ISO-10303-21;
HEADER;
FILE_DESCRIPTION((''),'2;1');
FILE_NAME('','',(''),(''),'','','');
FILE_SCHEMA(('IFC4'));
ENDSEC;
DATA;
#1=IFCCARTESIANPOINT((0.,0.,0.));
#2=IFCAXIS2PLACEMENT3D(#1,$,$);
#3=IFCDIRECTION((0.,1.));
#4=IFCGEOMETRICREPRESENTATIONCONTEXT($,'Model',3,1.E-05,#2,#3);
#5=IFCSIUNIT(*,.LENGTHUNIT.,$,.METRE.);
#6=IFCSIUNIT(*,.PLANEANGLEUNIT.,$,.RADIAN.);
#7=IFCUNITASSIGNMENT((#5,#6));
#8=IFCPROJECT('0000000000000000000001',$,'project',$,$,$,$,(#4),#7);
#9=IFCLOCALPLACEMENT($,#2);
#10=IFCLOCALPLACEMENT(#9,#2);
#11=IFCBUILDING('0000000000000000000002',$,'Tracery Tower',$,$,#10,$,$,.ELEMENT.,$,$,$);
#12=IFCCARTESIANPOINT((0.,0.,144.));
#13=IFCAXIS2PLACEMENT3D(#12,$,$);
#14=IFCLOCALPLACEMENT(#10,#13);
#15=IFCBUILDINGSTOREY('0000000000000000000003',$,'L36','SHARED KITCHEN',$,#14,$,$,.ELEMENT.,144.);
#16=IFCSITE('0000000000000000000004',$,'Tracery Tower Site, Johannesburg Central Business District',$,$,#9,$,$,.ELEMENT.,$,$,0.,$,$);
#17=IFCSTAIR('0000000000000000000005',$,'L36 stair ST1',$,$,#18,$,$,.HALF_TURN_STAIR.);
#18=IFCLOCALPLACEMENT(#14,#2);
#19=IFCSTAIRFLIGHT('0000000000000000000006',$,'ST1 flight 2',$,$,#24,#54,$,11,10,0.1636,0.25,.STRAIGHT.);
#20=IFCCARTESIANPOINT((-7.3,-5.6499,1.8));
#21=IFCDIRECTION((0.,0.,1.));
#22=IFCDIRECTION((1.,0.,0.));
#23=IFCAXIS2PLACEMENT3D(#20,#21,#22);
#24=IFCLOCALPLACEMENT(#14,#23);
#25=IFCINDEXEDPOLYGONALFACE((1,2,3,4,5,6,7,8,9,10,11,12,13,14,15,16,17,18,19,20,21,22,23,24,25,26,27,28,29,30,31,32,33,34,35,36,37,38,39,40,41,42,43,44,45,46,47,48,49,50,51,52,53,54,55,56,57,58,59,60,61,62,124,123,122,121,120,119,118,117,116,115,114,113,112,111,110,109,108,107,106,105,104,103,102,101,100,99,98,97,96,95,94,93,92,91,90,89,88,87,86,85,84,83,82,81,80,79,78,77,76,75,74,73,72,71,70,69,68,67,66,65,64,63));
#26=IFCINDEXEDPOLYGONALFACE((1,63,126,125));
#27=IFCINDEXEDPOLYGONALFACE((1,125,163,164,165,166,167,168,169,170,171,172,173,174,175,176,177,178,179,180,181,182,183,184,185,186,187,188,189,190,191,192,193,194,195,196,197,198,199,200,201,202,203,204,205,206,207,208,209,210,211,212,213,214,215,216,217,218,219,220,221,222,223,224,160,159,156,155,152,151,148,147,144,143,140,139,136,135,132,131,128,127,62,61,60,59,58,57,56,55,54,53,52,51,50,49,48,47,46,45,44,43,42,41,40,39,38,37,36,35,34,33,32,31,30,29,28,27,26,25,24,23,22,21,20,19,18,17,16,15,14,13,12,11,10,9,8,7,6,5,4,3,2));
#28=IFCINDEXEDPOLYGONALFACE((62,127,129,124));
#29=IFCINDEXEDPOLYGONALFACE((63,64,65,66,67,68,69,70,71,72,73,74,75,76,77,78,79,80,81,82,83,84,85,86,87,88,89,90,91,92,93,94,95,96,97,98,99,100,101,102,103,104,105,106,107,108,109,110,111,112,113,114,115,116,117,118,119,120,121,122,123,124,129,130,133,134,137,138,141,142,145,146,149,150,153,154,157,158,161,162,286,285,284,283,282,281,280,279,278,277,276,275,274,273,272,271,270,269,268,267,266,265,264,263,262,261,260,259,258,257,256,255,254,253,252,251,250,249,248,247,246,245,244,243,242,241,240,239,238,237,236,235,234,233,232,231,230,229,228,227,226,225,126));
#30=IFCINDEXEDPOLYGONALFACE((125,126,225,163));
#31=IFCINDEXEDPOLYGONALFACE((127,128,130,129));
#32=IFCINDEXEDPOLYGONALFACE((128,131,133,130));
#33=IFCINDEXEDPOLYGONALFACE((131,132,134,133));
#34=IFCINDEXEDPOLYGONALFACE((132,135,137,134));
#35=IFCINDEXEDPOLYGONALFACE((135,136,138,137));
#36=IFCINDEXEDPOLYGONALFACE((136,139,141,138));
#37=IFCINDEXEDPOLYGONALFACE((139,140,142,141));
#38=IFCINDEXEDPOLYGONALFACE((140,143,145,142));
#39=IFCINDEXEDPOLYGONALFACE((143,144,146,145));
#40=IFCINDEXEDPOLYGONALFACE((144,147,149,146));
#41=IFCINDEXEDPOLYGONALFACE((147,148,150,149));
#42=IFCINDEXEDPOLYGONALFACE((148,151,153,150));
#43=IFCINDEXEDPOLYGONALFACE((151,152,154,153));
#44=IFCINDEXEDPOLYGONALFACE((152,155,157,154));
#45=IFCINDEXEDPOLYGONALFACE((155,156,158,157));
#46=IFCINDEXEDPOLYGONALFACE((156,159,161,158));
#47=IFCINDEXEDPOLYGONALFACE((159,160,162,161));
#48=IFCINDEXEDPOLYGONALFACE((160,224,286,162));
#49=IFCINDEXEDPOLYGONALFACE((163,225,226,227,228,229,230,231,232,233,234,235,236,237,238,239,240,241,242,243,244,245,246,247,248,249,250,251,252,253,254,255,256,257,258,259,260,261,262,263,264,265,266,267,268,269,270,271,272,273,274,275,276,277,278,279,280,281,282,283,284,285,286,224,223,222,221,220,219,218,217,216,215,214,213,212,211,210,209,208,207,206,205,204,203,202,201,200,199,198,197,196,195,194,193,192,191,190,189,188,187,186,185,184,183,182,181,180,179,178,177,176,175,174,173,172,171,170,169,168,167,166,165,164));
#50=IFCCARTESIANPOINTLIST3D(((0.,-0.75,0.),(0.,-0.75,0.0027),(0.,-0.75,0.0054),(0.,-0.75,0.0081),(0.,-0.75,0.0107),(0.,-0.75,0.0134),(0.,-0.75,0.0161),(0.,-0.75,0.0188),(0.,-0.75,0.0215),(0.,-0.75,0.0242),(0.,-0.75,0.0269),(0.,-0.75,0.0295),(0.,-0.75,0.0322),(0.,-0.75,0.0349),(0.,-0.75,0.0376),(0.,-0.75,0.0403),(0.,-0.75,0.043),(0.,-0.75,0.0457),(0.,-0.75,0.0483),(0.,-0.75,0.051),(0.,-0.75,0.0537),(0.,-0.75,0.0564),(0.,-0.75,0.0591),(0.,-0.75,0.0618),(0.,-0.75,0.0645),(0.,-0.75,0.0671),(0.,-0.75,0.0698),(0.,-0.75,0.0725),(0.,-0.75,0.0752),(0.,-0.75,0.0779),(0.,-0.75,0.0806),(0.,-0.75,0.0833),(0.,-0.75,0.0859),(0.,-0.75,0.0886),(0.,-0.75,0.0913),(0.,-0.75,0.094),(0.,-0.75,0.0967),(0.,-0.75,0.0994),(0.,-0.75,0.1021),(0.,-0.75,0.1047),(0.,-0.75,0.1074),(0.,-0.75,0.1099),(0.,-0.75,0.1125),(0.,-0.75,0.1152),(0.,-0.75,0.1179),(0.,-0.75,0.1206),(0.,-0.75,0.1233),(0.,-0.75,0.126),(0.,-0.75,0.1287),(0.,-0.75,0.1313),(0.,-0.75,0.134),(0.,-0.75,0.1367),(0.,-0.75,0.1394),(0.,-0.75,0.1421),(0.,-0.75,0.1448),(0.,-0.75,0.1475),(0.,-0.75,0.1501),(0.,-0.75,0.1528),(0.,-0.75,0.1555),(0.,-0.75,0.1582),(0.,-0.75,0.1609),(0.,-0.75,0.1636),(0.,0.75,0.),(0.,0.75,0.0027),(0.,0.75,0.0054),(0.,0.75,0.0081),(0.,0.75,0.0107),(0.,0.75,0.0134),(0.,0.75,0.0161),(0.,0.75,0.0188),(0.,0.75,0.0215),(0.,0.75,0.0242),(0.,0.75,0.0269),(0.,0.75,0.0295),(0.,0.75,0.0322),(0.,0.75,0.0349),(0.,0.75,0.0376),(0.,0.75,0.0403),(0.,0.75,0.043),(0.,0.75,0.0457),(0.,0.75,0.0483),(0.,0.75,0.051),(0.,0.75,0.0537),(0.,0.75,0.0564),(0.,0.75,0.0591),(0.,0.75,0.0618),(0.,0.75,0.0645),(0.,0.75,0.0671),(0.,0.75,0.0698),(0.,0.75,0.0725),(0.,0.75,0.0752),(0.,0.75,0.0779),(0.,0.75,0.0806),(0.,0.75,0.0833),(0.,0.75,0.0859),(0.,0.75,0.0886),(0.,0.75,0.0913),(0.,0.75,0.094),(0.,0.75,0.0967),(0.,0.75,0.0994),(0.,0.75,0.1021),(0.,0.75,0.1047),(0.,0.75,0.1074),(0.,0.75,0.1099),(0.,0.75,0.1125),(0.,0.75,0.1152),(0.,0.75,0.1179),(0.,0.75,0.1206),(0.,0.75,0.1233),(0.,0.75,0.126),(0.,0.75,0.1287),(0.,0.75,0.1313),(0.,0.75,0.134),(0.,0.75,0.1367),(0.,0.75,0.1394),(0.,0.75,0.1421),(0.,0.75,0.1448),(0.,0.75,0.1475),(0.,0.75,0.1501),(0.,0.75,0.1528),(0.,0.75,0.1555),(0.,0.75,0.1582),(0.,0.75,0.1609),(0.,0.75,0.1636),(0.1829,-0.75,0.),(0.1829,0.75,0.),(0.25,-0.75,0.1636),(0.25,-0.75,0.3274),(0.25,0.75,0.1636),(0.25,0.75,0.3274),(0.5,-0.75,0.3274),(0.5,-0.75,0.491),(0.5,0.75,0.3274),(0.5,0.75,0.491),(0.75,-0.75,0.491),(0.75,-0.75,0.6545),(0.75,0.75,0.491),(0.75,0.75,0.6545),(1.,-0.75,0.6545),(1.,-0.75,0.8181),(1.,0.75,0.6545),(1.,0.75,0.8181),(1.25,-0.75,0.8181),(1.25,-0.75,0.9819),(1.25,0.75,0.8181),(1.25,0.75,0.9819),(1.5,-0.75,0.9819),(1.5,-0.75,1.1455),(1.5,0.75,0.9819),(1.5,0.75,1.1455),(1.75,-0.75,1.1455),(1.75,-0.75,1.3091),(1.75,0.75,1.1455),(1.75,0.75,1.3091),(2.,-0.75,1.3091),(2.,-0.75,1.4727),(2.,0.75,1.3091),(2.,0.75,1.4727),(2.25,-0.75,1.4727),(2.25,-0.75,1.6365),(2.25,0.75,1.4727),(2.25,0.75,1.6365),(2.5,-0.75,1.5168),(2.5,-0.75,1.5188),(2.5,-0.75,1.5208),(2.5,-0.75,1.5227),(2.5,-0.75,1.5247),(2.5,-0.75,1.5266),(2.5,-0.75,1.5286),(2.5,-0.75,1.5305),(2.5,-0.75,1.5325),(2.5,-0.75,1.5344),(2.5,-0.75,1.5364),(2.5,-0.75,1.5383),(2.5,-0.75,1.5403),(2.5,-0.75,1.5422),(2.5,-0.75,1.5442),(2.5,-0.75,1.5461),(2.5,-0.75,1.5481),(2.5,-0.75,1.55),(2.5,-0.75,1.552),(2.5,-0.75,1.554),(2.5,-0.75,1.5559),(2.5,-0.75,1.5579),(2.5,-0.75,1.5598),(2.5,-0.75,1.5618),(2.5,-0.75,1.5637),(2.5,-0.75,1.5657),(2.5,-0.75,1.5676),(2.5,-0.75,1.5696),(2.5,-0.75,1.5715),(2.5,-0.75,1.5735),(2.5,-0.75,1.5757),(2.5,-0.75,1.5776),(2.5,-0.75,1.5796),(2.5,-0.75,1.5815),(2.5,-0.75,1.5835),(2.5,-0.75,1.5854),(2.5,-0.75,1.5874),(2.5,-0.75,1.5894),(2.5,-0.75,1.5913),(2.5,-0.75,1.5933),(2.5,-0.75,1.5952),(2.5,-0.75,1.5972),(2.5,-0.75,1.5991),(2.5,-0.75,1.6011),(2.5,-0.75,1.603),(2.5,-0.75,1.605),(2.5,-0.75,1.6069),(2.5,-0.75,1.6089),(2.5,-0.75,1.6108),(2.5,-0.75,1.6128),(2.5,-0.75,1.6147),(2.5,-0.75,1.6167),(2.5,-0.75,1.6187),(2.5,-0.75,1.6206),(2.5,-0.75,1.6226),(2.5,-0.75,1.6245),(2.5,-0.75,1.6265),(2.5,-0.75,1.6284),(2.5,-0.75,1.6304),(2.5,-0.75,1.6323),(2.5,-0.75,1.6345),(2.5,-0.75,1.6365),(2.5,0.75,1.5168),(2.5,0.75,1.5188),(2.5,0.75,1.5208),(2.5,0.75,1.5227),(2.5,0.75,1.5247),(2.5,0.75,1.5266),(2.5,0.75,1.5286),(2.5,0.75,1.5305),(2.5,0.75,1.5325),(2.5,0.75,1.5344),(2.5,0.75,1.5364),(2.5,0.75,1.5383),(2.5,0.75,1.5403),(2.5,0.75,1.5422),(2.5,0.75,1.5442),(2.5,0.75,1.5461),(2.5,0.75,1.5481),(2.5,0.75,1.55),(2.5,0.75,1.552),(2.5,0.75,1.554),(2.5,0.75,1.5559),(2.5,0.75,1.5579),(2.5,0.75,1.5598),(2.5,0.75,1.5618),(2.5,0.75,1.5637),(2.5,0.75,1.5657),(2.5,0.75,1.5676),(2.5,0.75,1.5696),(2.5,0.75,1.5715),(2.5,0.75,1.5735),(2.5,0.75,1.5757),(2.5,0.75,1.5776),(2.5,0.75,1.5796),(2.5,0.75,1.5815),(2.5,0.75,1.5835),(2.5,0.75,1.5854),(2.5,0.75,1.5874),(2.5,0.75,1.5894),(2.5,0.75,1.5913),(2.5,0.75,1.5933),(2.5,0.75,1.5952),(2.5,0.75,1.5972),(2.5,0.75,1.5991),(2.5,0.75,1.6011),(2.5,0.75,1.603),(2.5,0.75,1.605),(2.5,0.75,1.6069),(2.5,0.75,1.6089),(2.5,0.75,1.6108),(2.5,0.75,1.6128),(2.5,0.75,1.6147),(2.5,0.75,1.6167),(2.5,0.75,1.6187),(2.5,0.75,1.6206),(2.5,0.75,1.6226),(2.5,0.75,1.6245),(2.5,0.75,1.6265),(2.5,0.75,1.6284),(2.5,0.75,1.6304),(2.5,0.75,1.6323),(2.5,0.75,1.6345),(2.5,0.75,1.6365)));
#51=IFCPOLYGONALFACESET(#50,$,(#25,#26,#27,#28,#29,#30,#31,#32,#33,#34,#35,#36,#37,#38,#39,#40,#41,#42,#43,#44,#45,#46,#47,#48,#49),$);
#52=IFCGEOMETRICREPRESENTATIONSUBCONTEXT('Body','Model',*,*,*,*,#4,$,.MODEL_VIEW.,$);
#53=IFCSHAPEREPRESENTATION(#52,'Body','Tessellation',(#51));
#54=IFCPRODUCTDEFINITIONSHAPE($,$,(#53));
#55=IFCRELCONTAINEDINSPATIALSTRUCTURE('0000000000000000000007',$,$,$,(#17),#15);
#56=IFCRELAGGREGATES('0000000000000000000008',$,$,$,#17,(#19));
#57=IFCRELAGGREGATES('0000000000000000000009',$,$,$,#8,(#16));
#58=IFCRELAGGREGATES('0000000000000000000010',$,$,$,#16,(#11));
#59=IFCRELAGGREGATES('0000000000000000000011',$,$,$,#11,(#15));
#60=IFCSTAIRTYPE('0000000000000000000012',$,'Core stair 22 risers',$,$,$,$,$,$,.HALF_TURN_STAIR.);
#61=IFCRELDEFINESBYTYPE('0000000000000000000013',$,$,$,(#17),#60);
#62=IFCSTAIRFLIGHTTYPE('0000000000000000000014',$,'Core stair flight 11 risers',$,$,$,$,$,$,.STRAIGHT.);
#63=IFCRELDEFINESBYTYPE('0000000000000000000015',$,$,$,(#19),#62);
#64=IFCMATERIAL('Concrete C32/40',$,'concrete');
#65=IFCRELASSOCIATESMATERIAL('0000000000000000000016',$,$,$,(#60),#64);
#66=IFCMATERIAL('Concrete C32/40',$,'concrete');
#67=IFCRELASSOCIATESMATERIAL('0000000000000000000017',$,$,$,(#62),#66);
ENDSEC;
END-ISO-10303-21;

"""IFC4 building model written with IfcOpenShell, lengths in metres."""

from ifc_helpers import new_model, si_unit, direction, frame, origin, place, context, subcontext, project, spatial, polyline, outline, extrude, material, type_object, element, aggregate, save


model = new_model("IFC4")

# Units and contexts
model_context = context("Model", 3, precision=1e-05, world=origin(), true_north=direction((0.0, 1.0)))
body_context = subcontext(model_context, "Body", "Model", "MODEL_VIEW")
ifc_project = project(units=[si_unit("LENGTHUNIT", "METRE"), si_unit("PLANEANGLEUNIT", "RADIAN")], contexts=[model_context])

# Site, building, storey
site_placement = place(None, origin())
site = spatial("IfcSite", under=ifc_project, at=site_placement, Name="Tracery Tower Site, Johannesburg Central Business District", CompositionType="ELEMENT", RefElevation=0.0)
building_placement = place(site_placement, origin())
building = spatial("IfcBuilding", under=site, at=building_placement, Name="Tracery Tower", CompositionType="ELEMENT")
storey_placement = place(building_placement, frame((0.0, 0.0, 144.0)))
storey = spatial("IfcBuildingStorey", under=building, at=storey_placement, Name="L36", Description="SHARED KITCHEN", CompositionType="ELEMENT", Elevation=144.0)

# Stair, stair flight
ifc_material_1 = material(Name="Concrete C32/40", Category="concrete")
stair_type = type_object("IfcStairType", Name="Core stair 22 risers", PredefinedType="HALF_TURN_STAIR", material=ifc_material_1)
stair_placement = place(storey_placement, origin())
stair = element("IfcStair", 1, at=stair_placement, inside=storey, type_object=stair_type, Name="L36 stair ST1", PredefinedType="HALF_TURN_STAIR")
ifc_material_2 = material(Name="Concrete C32/40", Category="concrete")
stair_flight_type = type_object("IfcStairFlightType", Name="Core stair flight 11 risers", PredefinedType="STRAIGHT", material=ifc_material_2)
stair_flight_1_placement = place(storey_placement, frame((-7.3, -5.6499, 1.8), z_axis=(0.0, 0.0, 1.0), x_axis=(1.0, 0.0, 0.0)))
stair_flight_1 = element("IfcStairFlight", 2, at=stair_flight_1_placement, type_object=stair_flight_type, Name="ST1 flight 2", NumberOfRisers=11, NumberOfTreads=10, PredefinedType="STRAIGHT", RiserHeight=0.1636, TreadLength=0.25, context=body_context, shape_type="SweptSolid", body=[
    extrude(outline(polyline([(0.0, 0.0), (0.0, 0.0027), (0.0, 0.0054), (0.0, 0.0081), (0.0, 0.0107), (0.0, 0.0134), (0.0, 0.0161), (0.0, 0.0188), (0.0, 0.0215), (0.0, 0.0242), (0.0, 0.0269), (0.0, 0.0295), (0.0, 0.0322), (0.0, 0.0349), (0.0, 0.0376), (0.0, 0.0403), (0.0, 0.043), (0.0, 0.0457), (0.0, 0.0483), (0.0, 0.051), (0.0, 0.0537), (0.0, 0.0564), (0.0, 0.0591), (0.0, 0.0618), (0.0, 0.0645), (0.0, 0.0671), (0.0, 0.0698), (0.0, 0.0725), (0.0, 0.0752), (0.0, 0.0779), (0.0, 0.0806), (0.0, 0.0833), (0.0, 0.0859), (0.0, 0.0886), (0.0, 0.0913), (0.0, 0.094), (0.0, 0.0967), (0.0, 0.0994), (0.0, 0.1021), (0.0, 0.1047), (0.0, 0.1074), (0.0, 0.1099), (0.0, 0.1125), (0.0, 0.1152), (0.0, 0.1179), (0.0, 0.1206), (0.0, 0.1233), (0.0, 0.126), (0.0, 0.1287), (0.0, 0.1313), (0.0, 0.134), (0.0, 0.1367), (0.0, 0.1394), (0.0, 0.1421), (0.0, 0.1448), (0.0, 0.1475), (0.0, 0.1501), (0.0, 0.1528), (0.0, 0.1555), (0.0, 0.1582), (0.0, 0.1609), (0.0, 0.1636), (0.25, 0.1636), (0.25, 0.3274), (0.5, 0.3274), (0.5, 0.491), (0.75, 0.491), (0.75, 0.6545), (1.0, 0.6545), (1.0, 0.8181), (1.25, 0.8181), (1.25, 0.9819), (1.5, 0.9819), (1.5, 1.1455), (1.75, 1.1455), (1.75, 1.3091), (2.0, 1.3091), (2.0, 1.4727), (2.25, 1.4727), (2.25, 1.6365), (2.5, 1.6365), (2.5, 1.6345), (2.5, 1.6323), (2.5, 1.6304), (2.5, 1.6284), (2.5, 1.6265), (2.5, 1.6245), (2.5, 1.6226), (2.5, 1.6206), (2.5, 1.6187), (2.5, 1.6167), (2.5, 1.6147), (2.5, 1.6128), (2.5, 1.6108), (2.5, 1.6089), (2.5, 1.6069), (2.5, 1.605), (2.5, 1.603), (2.5, 1.6011), (2.5, 1.5991), (2.5, 1.5972), (2.5, 1.5952), (2.5, 1.5933), (2.5, 1.5913), (2.5, 1.5894), (2.5, 1.5874), (2.5, 1.5854), (2.5, 1.5835), (2.5, 1.5815), (2.5, 1.5796), (2.5, 1.5776), (2.5, 1.5757), (2.5, 1.5735), (2.5, 1.5715), (2.5, 1.5696), (2.5, 1.5676), (2.5, 1.5657), (2.5, 1.5637), (2.5, 1.5618), (2.5, 1.5598), (2.5, 1.5579), (2.5, 1.5559), (2.5, 1.554), (2.5, 1.552), (2.5, 1.55), (2.5, 1.5481), (2.5, 1.5461), (2.5, 1.5442), (2.5, 1.5422), (2.5, 1.5403), (2.5, 1.5383), (2.5, 1.5364), (2.5, 1.5344), (2.5, 1.5325), (2.5, 1.5305), (2.5, 1.5286), (2.5, 1.5266), (2.5, 1.5247), (2.5, 1.5227), (2.5, 1.5208), (2.5, 1.5188), (2.5, 1.5168), (0.1829, 0.0), (0.0, 0.0)])), frame((0.0, 0.75, 0.0), z_axis=(0.0, -1.0, 0.0), x_axis=(1.0, 0.0, 0.0)), (0.0, 0.0, 1.0), 1.5),
])
aggregate(stair, [stair_flight_1])

save(model, "model.ifc")
